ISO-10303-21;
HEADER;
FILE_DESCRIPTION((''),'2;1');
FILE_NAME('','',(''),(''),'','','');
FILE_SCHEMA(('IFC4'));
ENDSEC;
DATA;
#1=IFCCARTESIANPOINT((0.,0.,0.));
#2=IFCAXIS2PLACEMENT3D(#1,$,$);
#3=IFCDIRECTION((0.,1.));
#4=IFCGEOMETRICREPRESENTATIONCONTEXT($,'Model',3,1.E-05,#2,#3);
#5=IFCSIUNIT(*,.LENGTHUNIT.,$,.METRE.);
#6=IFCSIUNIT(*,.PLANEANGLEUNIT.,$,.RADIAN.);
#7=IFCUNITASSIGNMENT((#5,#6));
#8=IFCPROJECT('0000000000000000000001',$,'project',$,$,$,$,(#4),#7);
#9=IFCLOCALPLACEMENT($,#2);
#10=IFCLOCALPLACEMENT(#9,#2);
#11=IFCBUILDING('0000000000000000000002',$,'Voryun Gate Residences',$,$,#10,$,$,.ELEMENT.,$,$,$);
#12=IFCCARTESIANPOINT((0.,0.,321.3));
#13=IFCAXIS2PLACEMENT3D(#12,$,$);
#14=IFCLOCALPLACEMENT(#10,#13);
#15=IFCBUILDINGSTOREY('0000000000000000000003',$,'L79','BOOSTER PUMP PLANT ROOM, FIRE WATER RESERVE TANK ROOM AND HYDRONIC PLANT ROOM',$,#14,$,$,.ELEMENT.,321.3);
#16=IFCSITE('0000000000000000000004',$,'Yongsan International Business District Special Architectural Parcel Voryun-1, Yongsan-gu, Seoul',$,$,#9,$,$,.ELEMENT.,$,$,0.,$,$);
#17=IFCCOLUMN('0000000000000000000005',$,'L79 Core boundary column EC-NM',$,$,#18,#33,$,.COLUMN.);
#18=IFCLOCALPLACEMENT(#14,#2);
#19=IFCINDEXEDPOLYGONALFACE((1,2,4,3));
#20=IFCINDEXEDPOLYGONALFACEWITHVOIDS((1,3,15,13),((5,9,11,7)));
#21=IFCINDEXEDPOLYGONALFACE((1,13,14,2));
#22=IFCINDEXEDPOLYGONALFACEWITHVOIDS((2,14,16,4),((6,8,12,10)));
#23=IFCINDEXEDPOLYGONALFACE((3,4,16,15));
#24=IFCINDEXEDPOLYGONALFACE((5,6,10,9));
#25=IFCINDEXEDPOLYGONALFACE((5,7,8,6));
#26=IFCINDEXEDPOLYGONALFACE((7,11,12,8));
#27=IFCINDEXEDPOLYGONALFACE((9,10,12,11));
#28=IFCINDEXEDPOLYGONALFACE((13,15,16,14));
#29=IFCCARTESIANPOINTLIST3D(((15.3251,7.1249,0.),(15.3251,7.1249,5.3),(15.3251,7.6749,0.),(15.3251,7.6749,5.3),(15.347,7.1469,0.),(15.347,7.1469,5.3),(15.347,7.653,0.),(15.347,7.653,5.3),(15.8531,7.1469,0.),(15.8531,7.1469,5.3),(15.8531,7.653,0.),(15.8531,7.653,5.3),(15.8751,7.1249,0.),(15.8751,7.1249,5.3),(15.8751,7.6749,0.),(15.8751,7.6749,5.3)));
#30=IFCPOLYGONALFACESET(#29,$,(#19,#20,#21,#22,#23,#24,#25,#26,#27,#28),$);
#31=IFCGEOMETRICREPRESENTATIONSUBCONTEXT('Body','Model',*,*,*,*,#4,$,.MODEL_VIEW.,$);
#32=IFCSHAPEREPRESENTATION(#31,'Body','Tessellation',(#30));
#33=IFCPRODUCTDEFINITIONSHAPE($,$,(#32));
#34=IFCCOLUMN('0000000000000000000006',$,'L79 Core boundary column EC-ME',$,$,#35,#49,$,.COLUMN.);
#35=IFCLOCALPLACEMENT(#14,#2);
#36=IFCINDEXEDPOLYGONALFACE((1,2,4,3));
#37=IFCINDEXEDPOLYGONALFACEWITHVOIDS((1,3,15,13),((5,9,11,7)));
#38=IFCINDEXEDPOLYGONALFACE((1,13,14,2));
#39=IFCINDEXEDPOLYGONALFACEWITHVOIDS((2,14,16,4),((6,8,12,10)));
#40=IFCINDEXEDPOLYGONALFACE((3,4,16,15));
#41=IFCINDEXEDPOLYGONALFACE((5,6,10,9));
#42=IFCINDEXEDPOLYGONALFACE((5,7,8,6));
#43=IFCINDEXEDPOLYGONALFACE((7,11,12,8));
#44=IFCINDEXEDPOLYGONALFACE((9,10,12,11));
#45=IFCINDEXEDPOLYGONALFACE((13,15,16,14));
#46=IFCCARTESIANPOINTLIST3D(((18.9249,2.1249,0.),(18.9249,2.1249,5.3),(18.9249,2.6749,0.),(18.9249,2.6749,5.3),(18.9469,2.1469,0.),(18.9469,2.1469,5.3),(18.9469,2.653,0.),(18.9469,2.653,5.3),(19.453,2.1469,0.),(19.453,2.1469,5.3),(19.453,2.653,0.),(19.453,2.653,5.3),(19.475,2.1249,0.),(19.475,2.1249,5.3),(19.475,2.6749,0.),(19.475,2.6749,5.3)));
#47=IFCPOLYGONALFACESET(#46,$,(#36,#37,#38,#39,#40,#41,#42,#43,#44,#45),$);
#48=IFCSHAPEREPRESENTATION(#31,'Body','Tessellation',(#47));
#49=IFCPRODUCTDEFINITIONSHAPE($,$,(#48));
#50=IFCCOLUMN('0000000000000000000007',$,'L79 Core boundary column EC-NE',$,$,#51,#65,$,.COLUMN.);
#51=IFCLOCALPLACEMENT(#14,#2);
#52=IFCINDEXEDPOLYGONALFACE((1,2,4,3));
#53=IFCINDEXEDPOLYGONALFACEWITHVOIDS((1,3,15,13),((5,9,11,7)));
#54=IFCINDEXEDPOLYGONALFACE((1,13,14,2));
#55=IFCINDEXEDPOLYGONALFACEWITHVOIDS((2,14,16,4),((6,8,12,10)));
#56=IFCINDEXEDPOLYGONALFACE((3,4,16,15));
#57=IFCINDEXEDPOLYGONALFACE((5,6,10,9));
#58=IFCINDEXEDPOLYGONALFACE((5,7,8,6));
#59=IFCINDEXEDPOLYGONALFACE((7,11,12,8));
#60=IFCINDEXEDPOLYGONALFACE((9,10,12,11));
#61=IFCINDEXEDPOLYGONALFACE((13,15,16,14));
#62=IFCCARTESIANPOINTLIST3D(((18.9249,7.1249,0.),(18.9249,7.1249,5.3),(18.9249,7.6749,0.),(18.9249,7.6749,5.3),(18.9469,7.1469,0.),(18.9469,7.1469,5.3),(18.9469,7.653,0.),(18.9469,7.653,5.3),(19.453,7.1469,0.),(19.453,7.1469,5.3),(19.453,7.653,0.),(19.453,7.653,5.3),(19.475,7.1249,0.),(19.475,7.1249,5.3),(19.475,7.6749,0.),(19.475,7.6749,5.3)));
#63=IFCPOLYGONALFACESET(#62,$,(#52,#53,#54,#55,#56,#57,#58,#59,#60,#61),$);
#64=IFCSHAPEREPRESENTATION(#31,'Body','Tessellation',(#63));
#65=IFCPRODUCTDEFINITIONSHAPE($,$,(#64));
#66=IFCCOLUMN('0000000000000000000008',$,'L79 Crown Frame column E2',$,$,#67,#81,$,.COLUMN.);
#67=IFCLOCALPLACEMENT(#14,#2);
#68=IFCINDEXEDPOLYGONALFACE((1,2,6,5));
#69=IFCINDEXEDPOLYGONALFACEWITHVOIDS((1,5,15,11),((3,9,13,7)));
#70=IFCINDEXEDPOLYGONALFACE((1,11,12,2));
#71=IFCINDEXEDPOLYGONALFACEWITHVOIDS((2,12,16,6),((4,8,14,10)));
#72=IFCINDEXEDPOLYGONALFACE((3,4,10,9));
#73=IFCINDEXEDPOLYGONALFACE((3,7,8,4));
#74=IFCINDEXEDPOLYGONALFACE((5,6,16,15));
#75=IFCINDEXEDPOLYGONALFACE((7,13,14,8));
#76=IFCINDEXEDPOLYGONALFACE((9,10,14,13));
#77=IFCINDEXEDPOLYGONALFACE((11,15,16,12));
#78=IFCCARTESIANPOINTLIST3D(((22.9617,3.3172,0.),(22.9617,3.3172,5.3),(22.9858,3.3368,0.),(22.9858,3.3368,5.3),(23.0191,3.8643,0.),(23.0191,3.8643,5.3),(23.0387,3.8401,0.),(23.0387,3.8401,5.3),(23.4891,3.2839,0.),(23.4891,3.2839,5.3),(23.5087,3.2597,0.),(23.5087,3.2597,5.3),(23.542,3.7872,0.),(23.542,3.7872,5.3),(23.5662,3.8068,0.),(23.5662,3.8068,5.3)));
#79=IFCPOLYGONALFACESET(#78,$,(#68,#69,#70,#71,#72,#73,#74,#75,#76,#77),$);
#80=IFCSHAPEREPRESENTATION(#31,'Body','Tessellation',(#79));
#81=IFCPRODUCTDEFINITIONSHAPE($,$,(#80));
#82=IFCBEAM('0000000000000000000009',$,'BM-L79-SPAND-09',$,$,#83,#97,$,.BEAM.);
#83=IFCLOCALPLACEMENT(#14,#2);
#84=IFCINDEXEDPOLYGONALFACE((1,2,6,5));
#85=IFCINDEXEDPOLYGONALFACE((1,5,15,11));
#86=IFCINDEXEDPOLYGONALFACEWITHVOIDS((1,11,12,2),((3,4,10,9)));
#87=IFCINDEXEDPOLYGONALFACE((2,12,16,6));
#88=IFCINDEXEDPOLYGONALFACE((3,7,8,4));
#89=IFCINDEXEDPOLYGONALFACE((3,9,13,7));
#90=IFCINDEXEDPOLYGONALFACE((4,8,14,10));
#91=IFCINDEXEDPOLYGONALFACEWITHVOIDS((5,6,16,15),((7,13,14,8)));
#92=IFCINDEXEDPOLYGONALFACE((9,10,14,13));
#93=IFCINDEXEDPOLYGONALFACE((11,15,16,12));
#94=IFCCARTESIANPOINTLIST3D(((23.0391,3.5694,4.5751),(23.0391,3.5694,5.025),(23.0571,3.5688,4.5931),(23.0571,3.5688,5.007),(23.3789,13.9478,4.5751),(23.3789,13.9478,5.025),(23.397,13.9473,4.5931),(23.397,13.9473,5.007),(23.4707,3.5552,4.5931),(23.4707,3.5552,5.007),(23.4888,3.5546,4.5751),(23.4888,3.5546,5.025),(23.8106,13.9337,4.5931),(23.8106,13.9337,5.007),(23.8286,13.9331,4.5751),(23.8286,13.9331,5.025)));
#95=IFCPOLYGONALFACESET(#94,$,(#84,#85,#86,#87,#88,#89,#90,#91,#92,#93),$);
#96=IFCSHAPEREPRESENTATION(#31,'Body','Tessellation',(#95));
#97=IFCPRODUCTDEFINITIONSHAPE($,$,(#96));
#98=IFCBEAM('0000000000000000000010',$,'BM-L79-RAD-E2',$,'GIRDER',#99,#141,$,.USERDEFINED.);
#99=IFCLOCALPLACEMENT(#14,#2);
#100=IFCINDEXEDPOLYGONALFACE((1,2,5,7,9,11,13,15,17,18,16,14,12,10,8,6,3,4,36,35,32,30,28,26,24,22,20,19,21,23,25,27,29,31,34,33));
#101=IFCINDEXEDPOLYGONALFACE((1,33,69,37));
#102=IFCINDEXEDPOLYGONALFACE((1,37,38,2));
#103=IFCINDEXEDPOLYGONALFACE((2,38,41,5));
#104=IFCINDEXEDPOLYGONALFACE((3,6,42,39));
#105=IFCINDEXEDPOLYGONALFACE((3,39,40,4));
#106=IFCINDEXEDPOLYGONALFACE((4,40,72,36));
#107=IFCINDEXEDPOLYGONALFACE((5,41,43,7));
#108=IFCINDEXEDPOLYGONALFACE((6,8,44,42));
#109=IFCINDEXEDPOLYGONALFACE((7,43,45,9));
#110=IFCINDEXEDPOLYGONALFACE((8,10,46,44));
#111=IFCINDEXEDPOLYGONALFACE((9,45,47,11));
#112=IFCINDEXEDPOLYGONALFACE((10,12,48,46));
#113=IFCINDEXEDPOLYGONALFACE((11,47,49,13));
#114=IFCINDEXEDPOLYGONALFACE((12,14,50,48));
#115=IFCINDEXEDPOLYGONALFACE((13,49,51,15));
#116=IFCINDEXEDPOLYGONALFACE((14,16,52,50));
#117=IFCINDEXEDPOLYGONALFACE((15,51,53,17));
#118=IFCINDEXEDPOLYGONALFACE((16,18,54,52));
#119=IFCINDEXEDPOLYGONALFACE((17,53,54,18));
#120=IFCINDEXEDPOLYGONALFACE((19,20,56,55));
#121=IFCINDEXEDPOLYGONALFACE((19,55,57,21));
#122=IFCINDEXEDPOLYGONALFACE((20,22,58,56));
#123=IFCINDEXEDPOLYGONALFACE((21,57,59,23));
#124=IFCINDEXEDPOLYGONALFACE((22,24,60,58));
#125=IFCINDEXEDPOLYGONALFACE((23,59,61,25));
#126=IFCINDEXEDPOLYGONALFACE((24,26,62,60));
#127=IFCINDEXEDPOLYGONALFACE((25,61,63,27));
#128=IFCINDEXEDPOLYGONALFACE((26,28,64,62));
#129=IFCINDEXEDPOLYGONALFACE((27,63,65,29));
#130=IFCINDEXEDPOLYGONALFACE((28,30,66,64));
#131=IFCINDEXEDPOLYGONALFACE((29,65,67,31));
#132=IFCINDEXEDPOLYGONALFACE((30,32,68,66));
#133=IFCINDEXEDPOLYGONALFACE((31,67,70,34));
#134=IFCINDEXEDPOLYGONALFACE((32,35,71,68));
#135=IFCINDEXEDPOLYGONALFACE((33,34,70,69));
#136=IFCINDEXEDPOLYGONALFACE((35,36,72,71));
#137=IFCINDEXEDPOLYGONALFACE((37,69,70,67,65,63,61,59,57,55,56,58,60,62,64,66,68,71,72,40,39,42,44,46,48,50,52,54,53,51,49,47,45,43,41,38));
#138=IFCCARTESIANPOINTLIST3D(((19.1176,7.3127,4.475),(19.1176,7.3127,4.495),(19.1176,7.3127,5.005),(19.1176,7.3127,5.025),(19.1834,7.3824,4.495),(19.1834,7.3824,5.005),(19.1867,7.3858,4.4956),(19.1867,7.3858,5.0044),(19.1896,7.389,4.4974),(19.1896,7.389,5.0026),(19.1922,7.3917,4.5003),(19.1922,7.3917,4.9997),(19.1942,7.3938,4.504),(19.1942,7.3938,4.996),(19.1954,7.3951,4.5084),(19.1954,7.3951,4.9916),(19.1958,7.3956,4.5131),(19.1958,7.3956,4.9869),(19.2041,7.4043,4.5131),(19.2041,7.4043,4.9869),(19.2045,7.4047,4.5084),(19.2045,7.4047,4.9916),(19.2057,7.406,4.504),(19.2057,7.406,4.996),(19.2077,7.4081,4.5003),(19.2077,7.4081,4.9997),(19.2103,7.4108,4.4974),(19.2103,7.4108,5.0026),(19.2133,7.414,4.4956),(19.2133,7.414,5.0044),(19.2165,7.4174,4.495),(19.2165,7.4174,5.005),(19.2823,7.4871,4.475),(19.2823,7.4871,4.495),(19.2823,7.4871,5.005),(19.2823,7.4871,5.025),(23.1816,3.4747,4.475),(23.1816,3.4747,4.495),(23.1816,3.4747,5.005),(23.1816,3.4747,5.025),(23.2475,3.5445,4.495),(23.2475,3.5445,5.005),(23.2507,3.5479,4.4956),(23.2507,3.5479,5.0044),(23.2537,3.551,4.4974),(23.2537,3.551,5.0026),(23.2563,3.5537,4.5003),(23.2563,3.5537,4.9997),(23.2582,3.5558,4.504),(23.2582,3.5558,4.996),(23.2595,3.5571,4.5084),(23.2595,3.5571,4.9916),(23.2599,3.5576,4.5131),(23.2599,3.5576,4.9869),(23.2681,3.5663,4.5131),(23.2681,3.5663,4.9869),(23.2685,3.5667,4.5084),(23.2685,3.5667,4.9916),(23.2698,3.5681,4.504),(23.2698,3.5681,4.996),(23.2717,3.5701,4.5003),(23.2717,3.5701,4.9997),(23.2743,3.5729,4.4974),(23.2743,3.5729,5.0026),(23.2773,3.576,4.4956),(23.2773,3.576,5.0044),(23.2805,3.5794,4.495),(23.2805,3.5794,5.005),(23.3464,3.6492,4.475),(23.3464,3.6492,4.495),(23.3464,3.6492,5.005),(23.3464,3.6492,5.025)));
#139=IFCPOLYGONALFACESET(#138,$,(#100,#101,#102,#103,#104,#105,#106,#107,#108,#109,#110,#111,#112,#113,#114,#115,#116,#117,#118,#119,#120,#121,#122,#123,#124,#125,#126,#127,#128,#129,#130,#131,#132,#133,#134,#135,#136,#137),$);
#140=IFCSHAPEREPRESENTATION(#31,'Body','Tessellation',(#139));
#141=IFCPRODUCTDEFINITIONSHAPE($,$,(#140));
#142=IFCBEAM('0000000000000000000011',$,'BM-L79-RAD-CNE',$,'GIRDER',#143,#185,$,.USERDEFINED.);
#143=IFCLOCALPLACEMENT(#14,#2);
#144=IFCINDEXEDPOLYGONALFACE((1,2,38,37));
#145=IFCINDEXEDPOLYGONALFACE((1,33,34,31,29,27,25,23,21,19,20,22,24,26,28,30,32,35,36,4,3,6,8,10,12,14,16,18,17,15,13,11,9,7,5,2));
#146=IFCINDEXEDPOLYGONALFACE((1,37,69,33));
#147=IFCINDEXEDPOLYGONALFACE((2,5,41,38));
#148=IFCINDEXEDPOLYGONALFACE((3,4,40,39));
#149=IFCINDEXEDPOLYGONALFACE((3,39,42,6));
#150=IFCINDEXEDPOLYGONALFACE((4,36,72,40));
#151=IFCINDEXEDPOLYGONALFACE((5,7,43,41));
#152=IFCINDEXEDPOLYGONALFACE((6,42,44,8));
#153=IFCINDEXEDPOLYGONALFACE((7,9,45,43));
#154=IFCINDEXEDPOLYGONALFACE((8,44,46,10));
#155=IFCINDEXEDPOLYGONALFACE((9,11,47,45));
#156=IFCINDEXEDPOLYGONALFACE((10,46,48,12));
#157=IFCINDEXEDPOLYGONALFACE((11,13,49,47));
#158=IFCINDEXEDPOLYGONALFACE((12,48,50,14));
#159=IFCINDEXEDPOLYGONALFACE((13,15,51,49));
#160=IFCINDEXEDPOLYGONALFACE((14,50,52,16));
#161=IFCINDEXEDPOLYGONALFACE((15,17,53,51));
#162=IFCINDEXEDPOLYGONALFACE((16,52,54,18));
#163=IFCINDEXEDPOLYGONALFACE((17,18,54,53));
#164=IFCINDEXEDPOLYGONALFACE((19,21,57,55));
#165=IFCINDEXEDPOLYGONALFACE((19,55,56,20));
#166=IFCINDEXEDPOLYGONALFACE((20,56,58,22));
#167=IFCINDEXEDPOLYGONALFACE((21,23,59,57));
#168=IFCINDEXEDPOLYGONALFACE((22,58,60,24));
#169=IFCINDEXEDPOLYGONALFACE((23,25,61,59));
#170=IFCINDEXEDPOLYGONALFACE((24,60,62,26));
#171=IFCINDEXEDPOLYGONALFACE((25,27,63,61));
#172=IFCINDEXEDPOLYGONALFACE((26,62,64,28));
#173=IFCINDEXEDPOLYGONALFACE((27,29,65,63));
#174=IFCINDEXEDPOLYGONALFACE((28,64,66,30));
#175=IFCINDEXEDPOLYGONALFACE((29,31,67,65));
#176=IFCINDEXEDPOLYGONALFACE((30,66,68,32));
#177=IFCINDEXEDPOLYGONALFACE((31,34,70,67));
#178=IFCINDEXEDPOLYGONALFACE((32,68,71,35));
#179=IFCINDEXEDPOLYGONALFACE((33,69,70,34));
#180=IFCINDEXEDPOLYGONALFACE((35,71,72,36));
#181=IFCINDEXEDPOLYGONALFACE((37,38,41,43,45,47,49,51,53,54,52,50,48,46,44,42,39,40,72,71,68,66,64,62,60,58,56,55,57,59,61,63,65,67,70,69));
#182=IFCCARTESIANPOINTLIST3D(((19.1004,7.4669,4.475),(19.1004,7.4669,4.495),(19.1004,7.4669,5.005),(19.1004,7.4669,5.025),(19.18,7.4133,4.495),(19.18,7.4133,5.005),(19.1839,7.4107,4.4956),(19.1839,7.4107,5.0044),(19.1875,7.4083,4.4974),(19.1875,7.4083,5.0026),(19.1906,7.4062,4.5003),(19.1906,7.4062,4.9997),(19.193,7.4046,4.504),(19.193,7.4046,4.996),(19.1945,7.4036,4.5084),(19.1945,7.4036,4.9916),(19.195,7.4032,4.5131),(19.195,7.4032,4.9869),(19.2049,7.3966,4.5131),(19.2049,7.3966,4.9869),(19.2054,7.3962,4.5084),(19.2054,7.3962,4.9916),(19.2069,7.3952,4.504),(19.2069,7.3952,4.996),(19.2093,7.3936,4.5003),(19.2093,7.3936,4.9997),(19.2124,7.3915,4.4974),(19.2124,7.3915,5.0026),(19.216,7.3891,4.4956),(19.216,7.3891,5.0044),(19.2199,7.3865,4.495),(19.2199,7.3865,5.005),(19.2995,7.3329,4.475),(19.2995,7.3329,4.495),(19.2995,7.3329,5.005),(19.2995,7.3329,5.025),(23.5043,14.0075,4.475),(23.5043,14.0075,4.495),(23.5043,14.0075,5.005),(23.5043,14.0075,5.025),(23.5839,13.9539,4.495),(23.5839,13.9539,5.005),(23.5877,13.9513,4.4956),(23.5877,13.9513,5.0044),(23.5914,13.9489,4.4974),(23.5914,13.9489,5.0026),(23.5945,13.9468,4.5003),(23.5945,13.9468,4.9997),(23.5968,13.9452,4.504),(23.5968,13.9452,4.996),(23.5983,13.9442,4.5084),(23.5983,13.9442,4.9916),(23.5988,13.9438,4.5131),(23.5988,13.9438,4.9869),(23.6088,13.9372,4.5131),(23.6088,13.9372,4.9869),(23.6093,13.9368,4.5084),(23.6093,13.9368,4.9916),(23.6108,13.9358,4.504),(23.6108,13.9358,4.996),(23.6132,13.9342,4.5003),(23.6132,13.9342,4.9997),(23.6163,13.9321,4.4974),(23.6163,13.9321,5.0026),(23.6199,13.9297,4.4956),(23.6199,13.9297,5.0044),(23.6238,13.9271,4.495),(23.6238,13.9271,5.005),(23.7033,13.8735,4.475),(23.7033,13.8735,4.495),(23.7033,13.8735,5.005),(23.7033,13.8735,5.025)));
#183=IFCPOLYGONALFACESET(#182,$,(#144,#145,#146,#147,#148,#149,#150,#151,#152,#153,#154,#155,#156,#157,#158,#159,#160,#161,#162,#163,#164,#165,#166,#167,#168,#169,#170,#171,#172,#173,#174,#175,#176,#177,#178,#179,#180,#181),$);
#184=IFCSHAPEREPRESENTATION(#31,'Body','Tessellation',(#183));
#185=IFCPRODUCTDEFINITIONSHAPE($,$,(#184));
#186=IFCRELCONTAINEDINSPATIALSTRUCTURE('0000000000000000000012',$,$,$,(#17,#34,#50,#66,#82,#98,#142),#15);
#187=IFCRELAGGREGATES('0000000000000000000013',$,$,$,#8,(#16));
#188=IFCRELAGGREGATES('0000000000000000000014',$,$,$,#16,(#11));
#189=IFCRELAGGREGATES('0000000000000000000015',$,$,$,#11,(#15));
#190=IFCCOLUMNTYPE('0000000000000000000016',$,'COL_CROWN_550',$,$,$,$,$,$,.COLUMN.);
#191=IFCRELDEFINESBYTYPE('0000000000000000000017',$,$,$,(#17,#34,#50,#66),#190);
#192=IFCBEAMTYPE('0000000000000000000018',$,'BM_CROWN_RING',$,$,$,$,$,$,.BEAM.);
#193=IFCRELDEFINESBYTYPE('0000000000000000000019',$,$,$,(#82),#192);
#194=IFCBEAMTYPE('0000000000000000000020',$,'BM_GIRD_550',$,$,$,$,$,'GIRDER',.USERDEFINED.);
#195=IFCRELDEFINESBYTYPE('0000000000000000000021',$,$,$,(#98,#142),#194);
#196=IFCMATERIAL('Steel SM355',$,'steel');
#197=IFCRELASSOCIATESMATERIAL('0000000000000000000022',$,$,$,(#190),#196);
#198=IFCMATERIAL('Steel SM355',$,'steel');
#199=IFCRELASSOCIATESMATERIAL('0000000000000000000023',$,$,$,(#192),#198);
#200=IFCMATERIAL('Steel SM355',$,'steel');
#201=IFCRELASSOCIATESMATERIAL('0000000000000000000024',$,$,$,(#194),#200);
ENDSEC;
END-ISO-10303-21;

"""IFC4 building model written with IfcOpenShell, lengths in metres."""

from ifc_helpers import new_model, si_unit, direction, frame, origin, origin_2d, place, context, subcontext, project, spatial, hollow_rectangle, i_section, extrude, material, material_profile, profile_set, type_object, element, save


model = new_model("IFC4")

# Units and contexts
model_context = context("Model", 3, precision=1e-05, world=origin(), true_north=direction((0.0, 1.0)))
body_context = subcontext(model_context, "Body", "Model", "MODEL_VIEW")
ifc_project = project(units=[si_unit("LENGTHUNIT", "METRE"), si_unit("PLANEANGLEUNIT", "RADIAN")], contexts=[model_context])

# Site, building, storey
site_placement = place(None, origin())
site = spatial("IfcSite", under=ifc_project, at=site_placement, Name="Yongsan International Business District Special Architectural Parcel Voryun-1, Yongsan-gu, Seoul", CompositionType="ELEMENT", RefElevation=0.0)
building_placement = place(site_placement, origin())
building = spatial("IfcBuilding", under=site, at=building_placement, Name="Voryun Gate Residences", CompositionType="ELEMENT")
storey_placement = place(building_placement, frame((0.0, 0.0, 321.3)))
storey = spatial("IfcBuildingStorey", under=building, at=storey_placement, Name="L79", Description="BOOSTER PUMP PLANT ROOM, FIRE WATER RESERVE TANK ROOM AND HYDRONIC PLANT ROOM", CompositionType="ELEMENT", Elevation=321.3)

# Columns
ifc_material_1 = material(Name="Steel SM355", Category="steel")
ifc_material_profile_1 = material_profile(ifc_material_1, hollow_rectangle(XDim=0.55, YDim=0.55, WallThickness=0.022, at=origin_2d()), Name="BOX-550x550x22")
ifc_profile_set_1 = profile_set([ifc_material_profile_1], Name="Steel SM355")
column_type = type_object("IfcColumnType", Name="COL_CROWN_550", PredefinedType="COLUMN", material=ifc_profile_set_1)
for number, where, z_axis, x_axis, name in (
    (1, (15.6001, 7.3999, 0.0), (0.0, 0.0, 1.0), (1.0, 0.0, 0.0), "L79 Core boundary column EC-NM"),
    (2, (19.2, 2.3999, 0.0), (0.0, 0.0, 1.0), (1.0, 0.0, 0.0), "L79 Core boundary column EC-ME"),
    (3, (19.2, 7.3999, 0.0), (0.0, 0.0, 1.0), (1.0, 0.0, 0.0), "L79 Core boundary column EC-NE"),
    (4, (23.2639, 3.562, 0.0), (0.0, 0.0, 1.0), (0.994522, -0.104528, 0.0), "L79 Crown Frame column E2"),
):
    element("IfcColumn", number, at=place(storey_placement, frame(where, z_axis=z_axis, x_axis=x_axis)), inside=storey, type_object=column_type, Name=name, PredefinedType="COLUMN", context=body_context, shape_type="SweptSolid", body=[
        extrude(hollow_rectangle(XDim=0.55, YDim=0.55, WallThickness=0.022, at=origin_2d()), origin(), (0.0, 0.0, 1.0), 5.3),
    ])

# Beams
ifc_material_2 = material(Name="Steel SM355", Category="steel")
ifc_material_profile_2 = material_profile(ifc_material_2, hollow_rectangle(XDim=0.45, YDim=0.45, WallThickness=0.0181, at=origin_2d()), Name="BOX-450x450x18")
ifc_profile_set_2 = profile_set([ifc_material_profile_2], Name="Steel SM355")
beam_type_1 = type_object("IfcBeamType", Name="BM_CROWN_RING", PredefinedType="BEAM", material=ifc_profile_set_2)
beam_1_placement = place(storey_placement, frame((23.2639, 3.562, 4.8), z_axis=(0.032728, 0.999464, 0.0), x_axis=(-0.999464, 0.032728, 0.0)))
element("IfcBeam", 5, at=beam_1_placement, inside=storey, type_object=beam_type_1, Name="BM-L79-SPAND-09", PredefinedType="BEAM", context=body_context, shape_type="SweptSolid", body=[
    extrude(hollow_rectangle(XDim=0.45, YDim=0.45, WallThickness=0.0181, at=origin_2d()), origin(), (0.0, 0.0, 1.0), 10.384),
])
ifc_material_3 = material(Name="Steel SM355", Category="steel")
ifc_material_profile_3 = material_profile(ifc_material_3, i_section(OverallWidth=0.24, OverallDepth=0.55, WebThickness=0.012, FlangeThickness=0.02, FilletRadius=0.0181, at=origin_2d()), Name="H-550x240x12x20")
ifc_profile_set_3 = profile_set([ifc_material_profile_3], Name="Steel SM355")
beam_type_2 = type_object("IfcBeamType", Name="BM_GIRD_550", ElementType="GIRDER", PredefinedType="USERDEFINED", material=ifc_profile_set_3)
beam_2_placement = place(storey_placement, frame((19.2, 7.3999, 4.75), z_axis=(0.72704, -0.686595, 0.0), x_axis=(0.686595, 0.72704, 0.0)))
element("IfcBeam", 6, at=beam_2_placement, inside=storey, type_object=beam_type_2, Name="BM-L79-RAD-E2", ObjectType="GIRDER", PredefinedType="USERDEFINED", context=body_context, shape_type="SweptSolid", body=[
    extrude(i_section(OverallWidth=0.24, OverallDepth=0.55, WebThickness=0.012, FlangeThickness=0.02, FilletRadius=0.0181, at=origin_2d()), origin(), (0.0, 0.0, 1.0), 5.5898),
])
beam_3_placement = place(storey_placement, frame((19.2, 7.3999, 4.75), z_axis=(0.55851, 0.829498, 0.0), x_axis=(-0.829498, 0.55851, 0.0)))
element("IfcBeam", 7, at=beam_3_placement, inside=storey, type_object=beam_type_2, Name="BM-L79-RAD-CNE", ObjectType="GIRDER", PredefinedType="USERDEFINED", context=body_context, shape_type="SweptSolid", body=[
    extrude(i_section(OverallWidth=0.24, OverallDepth=0.55, WebThickness=0.012, FlangeThickness=0.02, FilletRadius=0.0181, at=origin_2d()), origin(), (0.0, 0.0, 1.0), 7.885),
])

save(model, "model.ifc")
